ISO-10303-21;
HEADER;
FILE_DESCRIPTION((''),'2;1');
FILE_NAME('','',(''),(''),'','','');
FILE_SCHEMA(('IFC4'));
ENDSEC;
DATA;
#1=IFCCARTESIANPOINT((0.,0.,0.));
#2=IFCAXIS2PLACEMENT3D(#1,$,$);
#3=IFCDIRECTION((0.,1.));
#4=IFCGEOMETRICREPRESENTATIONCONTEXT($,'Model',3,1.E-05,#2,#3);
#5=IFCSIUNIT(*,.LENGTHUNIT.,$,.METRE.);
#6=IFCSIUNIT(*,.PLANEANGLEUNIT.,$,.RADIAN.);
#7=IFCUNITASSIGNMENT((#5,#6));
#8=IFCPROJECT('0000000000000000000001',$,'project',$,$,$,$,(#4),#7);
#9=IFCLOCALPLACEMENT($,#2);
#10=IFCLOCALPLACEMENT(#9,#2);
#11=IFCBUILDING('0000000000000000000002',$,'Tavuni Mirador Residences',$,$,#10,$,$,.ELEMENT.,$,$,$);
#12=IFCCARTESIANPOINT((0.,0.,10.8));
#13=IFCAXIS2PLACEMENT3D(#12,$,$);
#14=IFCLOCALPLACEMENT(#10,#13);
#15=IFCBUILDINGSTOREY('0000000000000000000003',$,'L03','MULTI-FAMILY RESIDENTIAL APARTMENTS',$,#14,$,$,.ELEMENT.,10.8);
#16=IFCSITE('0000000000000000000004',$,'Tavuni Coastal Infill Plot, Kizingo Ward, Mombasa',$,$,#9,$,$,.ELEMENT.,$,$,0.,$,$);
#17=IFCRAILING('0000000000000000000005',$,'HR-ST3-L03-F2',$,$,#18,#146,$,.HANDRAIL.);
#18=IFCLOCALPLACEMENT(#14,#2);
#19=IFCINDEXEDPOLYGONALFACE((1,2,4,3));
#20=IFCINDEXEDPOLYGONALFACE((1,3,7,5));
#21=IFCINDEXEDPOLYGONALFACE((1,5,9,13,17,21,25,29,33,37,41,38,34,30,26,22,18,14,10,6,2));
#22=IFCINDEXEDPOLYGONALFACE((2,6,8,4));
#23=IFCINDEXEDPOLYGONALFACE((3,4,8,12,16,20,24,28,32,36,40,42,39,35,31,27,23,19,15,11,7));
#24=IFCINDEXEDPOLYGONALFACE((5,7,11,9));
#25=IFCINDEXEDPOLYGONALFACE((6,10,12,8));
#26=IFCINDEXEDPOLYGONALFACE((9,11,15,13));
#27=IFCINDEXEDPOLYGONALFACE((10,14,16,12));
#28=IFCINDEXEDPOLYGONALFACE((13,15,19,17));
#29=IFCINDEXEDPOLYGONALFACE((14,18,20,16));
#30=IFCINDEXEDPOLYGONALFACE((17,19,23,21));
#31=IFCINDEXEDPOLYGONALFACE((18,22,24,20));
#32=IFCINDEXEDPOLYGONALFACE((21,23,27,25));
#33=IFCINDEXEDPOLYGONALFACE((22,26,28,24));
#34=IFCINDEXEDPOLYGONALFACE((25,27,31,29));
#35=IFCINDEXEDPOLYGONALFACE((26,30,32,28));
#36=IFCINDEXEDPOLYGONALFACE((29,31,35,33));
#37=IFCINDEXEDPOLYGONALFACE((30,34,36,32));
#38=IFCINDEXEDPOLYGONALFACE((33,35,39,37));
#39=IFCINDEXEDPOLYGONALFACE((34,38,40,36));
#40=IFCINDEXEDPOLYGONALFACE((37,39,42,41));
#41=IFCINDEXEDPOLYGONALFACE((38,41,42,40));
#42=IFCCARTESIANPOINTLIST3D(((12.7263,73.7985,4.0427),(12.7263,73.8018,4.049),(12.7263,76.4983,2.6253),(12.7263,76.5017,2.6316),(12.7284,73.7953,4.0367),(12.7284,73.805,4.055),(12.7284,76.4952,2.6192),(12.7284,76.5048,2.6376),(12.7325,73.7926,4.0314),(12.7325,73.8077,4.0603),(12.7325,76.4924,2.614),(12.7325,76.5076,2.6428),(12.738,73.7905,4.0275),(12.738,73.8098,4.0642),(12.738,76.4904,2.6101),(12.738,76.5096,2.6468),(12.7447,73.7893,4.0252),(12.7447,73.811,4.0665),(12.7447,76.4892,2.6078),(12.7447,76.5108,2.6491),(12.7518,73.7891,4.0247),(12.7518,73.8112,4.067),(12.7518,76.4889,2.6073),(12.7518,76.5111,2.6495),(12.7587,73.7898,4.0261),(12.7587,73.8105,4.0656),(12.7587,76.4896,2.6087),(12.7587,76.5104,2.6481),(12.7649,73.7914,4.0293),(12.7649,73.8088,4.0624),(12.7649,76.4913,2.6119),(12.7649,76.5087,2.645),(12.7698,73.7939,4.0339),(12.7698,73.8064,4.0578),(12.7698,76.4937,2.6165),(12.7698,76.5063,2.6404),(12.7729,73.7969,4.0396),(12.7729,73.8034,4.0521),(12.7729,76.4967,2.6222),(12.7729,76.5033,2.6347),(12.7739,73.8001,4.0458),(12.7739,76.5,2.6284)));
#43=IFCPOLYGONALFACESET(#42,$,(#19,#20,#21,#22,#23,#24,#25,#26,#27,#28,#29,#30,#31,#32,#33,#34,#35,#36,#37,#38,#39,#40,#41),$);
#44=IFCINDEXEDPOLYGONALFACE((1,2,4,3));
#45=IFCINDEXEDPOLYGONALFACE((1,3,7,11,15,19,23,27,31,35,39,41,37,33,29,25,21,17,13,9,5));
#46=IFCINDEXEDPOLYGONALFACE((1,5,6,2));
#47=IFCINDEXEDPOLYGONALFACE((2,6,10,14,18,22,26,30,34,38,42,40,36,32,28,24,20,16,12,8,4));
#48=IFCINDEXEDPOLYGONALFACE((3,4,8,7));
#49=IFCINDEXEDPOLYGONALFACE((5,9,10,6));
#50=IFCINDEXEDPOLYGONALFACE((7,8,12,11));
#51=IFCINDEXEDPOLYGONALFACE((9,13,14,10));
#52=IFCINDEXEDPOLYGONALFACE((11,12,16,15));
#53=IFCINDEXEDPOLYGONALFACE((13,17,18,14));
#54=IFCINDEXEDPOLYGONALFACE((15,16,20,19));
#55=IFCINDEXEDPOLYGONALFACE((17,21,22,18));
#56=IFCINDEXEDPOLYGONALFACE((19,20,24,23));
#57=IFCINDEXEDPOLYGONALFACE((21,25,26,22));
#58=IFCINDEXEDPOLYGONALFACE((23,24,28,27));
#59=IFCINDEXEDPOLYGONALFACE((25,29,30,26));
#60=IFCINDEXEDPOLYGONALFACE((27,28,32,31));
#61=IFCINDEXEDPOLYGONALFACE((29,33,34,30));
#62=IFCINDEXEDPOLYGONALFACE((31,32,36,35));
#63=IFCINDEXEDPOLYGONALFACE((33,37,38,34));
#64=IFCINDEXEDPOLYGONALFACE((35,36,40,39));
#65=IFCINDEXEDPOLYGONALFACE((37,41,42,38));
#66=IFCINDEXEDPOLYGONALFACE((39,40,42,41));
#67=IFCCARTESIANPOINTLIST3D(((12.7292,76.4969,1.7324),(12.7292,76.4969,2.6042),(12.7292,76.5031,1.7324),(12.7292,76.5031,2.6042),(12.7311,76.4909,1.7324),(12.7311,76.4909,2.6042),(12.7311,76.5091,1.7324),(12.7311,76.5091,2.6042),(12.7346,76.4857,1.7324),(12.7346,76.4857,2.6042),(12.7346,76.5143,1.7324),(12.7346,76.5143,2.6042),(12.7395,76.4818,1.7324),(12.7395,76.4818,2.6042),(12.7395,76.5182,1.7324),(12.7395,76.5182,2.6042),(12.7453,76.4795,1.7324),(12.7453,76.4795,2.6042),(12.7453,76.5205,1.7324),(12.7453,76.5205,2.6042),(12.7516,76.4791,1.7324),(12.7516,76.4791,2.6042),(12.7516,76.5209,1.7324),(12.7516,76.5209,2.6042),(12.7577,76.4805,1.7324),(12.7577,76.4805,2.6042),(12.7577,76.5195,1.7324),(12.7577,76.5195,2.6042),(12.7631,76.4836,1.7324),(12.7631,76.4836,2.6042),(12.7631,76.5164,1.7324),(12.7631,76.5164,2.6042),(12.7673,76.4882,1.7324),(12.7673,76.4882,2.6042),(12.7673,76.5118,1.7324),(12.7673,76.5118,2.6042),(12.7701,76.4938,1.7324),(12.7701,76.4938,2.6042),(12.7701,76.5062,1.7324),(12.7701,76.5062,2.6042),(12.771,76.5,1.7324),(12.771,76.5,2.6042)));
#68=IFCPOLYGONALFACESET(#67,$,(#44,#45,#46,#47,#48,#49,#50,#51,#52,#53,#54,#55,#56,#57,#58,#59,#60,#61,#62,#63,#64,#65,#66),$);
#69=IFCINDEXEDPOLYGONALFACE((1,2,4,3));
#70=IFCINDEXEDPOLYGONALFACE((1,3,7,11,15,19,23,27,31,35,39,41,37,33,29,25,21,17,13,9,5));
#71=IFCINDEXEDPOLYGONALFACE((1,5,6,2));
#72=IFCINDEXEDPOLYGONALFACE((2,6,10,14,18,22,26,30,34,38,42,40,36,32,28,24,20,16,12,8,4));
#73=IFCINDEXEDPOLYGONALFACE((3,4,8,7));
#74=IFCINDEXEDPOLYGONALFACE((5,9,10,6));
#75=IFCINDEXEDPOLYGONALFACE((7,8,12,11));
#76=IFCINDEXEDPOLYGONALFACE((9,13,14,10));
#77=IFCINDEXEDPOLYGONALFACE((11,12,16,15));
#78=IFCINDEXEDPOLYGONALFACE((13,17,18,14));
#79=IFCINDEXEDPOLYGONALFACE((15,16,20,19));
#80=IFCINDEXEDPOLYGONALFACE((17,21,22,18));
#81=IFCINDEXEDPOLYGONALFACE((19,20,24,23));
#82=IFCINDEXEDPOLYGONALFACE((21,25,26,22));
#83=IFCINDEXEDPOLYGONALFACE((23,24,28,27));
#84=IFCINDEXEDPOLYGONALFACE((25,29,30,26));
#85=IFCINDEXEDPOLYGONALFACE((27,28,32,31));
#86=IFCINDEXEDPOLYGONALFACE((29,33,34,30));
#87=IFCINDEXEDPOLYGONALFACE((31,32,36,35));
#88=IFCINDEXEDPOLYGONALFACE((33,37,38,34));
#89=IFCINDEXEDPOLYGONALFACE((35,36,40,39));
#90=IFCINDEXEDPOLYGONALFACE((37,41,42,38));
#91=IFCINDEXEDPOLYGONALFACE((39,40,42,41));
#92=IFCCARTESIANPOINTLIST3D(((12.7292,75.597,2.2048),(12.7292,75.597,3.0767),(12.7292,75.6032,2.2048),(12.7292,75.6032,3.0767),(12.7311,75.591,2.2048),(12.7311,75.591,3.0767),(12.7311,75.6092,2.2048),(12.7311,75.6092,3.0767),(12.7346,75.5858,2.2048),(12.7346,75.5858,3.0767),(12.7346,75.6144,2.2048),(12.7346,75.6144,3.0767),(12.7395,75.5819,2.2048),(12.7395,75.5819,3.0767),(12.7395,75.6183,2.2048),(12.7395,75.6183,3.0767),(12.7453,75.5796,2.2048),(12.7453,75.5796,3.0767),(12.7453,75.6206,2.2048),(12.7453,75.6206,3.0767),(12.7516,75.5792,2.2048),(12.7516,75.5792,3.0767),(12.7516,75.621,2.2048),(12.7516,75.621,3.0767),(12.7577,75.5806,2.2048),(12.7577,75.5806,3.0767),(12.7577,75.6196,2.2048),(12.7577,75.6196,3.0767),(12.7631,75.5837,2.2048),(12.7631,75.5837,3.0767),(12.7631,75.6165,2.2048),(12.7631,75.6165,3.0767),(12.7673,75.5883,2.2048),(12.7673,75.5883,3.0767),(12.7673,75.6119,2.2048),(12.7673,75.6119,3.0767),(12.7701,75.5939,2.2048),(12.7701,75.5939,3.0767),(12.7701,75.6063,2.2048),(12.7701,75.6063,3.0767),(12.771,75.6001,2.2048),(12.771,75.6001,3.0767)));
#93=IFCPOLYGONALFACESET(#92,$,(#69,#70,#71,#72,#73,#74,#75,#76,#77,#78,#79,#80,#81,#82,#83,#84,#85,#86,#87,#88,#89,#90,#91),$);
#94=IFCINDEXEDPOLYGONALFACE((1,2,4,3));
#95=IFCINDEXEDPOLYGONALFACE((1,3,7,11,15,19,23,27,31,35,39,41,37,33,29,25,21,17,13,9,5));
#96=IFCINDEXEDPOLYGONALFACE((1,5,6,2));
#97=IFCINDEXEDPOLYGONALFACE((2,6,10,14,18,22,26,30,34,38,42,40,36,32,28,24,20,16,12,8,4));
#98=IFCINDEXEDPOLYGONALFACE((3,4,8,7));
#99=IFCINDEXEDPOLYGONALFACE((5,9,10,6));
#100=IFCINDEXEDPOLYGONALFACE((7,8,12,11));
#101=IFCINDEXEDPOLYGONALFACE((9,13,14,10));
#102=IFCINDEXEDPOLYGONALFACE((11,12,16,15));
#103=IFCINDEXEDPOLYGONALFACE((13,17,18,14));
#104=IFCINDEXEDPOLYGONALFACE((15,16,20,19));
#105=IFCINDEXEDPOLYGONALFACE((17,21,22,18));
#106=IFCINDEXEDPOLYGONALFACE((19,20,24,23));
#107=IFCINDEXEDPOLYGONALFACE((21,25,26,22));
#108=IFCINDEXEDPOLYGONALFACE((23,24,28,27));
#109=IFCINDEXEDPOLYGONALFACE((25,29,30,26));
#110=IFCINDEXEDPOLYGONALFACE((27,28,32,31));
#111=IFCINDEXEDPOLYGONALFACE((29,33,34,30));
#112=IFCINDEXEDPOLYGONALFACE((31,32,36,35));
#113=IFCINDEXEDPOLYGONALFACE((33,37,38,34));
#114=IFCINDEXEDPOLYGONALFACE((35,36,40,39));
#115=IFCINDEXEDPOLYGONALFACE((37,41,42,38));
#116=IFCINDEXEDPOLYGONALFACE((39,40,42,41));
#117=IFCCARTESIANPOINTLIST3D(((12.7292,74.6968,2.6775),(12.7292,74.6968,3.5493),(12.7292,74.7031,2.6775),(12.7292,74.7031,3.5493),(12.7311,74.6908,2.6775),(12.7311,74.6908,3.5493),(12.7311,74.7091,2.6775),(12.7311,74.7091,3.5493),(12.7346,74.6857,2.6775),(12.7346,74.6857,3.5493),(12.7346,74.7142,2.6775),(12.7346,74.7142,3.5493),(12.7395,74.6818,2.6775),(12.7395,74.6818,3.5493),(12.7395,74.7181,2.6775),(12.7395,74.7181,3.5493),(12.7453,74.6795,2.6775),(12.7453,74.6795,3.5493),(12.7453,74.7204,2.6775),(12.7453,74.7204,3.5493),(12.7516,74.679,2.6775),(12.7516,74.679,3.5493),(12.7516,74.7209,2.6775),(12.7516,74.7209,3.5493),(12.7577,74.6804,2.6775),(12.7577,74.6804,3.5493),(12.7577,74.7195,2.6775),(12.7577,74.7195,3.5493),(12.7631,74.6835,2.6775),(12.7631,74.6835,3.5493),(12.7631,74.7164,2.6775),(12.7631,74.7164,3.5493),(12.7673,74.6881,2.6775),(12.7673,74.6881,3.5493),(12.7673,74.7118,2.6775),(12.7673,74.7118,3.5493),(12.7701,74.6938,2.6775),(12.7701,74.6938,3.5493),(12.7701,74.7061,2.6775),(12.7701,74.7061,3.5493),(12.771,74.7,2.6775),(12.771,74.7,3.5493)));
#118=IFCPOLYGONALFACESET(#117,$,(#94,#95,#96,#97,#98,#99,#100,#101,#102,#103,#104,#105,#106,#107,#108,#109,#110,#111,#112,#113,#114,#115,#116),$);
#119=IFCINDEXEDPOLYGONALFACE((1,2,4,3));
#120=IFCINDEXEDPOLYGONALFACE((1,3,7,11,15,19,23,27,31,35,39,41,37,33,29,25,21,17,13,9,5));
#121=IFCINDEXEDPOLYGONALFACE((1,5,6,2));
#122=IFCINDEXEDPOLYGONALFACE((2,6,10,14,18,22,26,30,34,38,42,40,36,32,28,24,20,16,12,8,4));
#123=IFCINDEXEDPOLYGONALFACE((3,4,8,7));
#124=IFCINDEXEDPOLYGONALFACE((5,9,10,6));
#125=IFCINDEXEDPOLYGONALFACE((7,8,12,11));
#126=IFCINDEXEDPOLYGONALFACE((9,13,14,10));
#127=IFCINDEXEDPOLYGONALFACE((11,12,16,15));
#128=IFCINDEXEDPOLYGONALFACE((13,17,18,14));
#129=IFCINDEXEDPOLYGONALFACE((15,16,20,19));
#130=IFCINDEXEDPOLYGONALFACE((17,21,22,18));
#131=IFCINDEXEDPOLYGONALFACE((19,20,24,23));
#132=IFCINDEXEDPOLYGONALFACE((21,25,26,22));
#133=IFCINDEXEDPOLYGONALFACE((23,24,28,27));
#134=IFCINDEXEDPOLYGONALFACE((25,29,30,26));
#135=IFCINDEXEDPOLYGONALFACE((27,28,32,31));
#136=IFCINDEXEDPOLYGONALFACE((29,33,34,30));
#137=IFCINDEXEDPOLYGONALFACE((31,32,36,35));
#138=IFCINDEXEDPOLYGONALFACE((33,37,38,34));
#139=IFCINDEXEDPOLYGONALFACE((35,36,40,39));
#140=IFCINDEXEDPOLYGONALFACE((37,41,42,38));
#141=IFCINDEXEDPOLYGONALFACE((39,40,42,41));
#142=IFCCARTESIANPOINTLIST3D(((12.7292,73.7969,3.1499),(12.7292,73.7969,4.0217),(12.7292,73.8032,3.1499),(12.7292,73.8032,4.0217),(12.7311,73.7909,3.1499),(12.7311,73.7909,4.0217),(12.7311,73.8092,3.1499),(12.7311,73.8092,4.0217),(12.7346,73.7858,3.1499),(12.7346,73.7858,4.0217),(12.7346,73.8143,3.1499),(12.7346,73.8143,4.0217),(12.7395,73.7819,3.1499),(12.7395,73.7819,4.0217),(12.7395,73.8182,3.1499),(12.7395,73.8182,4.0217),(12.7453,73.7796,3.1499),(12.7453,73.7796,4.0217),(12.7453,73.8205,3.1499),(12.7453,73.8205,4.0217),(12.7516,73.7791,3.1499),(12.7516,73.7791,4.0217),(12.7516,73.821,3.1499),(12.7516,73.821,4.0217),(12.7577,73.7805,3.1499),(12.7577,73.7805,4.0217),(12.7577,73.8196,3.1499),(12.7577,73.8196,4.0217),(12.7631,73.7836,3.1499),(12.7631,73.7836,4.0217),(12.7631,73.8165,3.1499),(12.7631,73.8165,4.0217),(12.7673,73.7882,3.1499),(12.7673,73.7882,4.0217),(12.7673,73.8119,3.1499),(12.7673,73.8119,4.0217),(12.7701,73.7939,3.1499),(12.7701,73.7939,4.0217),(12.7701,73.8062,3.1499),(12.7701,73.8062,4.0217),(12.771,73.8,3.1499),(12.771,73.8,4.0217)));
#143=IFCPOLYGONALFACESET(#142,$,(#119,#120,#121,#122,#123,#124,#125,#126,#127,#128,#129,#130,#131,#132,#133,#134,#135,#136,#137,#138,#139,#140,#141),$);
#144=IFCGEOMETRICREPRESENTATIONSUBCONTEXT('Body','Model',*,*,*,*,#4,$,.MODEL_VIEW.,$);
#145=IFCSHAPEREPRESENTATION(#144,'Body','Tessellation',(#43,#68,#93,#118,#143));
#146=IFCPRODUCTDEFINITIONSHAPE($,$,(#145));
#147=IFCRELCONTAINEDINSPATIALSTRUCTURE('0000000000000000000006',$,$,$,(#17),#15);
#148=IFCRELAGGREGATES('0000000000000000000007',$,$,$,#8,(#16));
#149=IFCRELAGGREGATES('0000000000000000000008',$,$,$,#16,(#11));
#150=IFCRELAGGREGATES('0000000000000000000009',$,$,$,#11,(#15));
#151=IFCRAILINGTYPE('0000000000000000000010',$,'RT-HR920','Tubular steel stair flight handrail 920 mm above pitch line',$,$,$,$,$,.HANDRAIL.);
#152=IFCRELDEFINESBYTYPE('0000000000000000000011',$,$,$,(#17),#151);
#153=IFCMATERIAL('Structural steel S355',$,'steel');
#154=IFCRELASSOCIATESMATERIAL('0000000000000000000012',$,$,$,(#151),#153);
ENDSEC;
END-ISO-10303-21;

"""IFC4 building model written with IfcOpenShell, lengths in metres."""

from ifc_helpers import new_model, si_unit, direction, frame, origin, origin_2d, place, context, subcontext, project, spatial, circle, extrude, material, type_object, element, save


model = new_model("IFC4")

# Units and contexts
model_context = context("Model", 3, precision=1e-05, world=origin(), true_north=direction((0.0, 1.0)))
body_context = subcontext(model_context, "Body", "Model", "MODEL_VIEW")
ifc_project = project(units=[si_unit("LENGTHUNIT", "METRE"), si_unit("PLANEANGLEUNIT", "RADIAN")], contexts=[model_context])

# Site, building, storey
site_placement = place(None, origin())
site = spatial("IfcSite", under=ifc_project, at=site_placement, Name="Tavuni Coastal Infill Plot, Kizingo Ward, Mombasa", CompositionType="ELEMENT", RefElevation=0.0)
building_placement = place(site_placement, origin())
building = spatial("IfcBuilding", under=site, at=building_placement, Name="Tavuni Mirador Residences", CompositionType="ELEMENT")
storey_placement = place(building_placement, frame((0.0, 0.0, 10.8)))
storey = spatial("IfcBuildingStorey", under=building, at=storey_placement, Name="L03", Description="MULTI-FAMILY RESIDENTIAL APARTMENTS", CompositionType="ELEMENT", Elevation=10.8)

# Shared definitions
ifc_material_1 = material(Name="Structural steel S355", Category="steel")

# Railing
railing_type_1 = type_object("IfcRailingType", Name="RT-HR920", Description="Tubular steel stair flight handrail 920 mm above pitch line", PredefinedType="HANDRAIL", material=ifc_material_1)
railing_1_placement = place(storey_placement, frame((12.75, 76.5, 1.7324)))
element("IfcRailing", 1, at=railing_1_placement, inside=storey, type_object=railing_type_1, Name="HR-ST3-L03-F2", PredefinedType="HANDRAIL", context=body_context, shape_type="SweptSolid", body=[
    extrude(circle(Radius=0.0239, at=origin_2d()), frame((0.0, 0.0, 0.896), z_axis=(0.0, -0.885397, 0.464835), x_axis=(1.0, 0.0, 0.0)), (0.0, 0.0, 1.0), 3.0493),
    extrude(circle(Radius=0.021, at=origin_2d()), origin(), (0.0, 0.0, 1.0), 0.8718),
    extrude(circle(Radius=0.021, at=origin_2d()), frame((0.0, -0.8999, 0.4724)), (0.0, 0.0, 1.0), 0.8718),
    extrude(circle(Radius=0.021, at=origin_2d()), frame((0.0, -1.8, 0.9451)), (0.0, 0.0, 1.0), 0.8718),
    extrude(circle(Radius=0.021, at=origin_2d()), frame((0.0, -2.7, 1.4175)), (0.0, 0.0, 1.0), 0.8718),
])

save(model, "model.ifc")
